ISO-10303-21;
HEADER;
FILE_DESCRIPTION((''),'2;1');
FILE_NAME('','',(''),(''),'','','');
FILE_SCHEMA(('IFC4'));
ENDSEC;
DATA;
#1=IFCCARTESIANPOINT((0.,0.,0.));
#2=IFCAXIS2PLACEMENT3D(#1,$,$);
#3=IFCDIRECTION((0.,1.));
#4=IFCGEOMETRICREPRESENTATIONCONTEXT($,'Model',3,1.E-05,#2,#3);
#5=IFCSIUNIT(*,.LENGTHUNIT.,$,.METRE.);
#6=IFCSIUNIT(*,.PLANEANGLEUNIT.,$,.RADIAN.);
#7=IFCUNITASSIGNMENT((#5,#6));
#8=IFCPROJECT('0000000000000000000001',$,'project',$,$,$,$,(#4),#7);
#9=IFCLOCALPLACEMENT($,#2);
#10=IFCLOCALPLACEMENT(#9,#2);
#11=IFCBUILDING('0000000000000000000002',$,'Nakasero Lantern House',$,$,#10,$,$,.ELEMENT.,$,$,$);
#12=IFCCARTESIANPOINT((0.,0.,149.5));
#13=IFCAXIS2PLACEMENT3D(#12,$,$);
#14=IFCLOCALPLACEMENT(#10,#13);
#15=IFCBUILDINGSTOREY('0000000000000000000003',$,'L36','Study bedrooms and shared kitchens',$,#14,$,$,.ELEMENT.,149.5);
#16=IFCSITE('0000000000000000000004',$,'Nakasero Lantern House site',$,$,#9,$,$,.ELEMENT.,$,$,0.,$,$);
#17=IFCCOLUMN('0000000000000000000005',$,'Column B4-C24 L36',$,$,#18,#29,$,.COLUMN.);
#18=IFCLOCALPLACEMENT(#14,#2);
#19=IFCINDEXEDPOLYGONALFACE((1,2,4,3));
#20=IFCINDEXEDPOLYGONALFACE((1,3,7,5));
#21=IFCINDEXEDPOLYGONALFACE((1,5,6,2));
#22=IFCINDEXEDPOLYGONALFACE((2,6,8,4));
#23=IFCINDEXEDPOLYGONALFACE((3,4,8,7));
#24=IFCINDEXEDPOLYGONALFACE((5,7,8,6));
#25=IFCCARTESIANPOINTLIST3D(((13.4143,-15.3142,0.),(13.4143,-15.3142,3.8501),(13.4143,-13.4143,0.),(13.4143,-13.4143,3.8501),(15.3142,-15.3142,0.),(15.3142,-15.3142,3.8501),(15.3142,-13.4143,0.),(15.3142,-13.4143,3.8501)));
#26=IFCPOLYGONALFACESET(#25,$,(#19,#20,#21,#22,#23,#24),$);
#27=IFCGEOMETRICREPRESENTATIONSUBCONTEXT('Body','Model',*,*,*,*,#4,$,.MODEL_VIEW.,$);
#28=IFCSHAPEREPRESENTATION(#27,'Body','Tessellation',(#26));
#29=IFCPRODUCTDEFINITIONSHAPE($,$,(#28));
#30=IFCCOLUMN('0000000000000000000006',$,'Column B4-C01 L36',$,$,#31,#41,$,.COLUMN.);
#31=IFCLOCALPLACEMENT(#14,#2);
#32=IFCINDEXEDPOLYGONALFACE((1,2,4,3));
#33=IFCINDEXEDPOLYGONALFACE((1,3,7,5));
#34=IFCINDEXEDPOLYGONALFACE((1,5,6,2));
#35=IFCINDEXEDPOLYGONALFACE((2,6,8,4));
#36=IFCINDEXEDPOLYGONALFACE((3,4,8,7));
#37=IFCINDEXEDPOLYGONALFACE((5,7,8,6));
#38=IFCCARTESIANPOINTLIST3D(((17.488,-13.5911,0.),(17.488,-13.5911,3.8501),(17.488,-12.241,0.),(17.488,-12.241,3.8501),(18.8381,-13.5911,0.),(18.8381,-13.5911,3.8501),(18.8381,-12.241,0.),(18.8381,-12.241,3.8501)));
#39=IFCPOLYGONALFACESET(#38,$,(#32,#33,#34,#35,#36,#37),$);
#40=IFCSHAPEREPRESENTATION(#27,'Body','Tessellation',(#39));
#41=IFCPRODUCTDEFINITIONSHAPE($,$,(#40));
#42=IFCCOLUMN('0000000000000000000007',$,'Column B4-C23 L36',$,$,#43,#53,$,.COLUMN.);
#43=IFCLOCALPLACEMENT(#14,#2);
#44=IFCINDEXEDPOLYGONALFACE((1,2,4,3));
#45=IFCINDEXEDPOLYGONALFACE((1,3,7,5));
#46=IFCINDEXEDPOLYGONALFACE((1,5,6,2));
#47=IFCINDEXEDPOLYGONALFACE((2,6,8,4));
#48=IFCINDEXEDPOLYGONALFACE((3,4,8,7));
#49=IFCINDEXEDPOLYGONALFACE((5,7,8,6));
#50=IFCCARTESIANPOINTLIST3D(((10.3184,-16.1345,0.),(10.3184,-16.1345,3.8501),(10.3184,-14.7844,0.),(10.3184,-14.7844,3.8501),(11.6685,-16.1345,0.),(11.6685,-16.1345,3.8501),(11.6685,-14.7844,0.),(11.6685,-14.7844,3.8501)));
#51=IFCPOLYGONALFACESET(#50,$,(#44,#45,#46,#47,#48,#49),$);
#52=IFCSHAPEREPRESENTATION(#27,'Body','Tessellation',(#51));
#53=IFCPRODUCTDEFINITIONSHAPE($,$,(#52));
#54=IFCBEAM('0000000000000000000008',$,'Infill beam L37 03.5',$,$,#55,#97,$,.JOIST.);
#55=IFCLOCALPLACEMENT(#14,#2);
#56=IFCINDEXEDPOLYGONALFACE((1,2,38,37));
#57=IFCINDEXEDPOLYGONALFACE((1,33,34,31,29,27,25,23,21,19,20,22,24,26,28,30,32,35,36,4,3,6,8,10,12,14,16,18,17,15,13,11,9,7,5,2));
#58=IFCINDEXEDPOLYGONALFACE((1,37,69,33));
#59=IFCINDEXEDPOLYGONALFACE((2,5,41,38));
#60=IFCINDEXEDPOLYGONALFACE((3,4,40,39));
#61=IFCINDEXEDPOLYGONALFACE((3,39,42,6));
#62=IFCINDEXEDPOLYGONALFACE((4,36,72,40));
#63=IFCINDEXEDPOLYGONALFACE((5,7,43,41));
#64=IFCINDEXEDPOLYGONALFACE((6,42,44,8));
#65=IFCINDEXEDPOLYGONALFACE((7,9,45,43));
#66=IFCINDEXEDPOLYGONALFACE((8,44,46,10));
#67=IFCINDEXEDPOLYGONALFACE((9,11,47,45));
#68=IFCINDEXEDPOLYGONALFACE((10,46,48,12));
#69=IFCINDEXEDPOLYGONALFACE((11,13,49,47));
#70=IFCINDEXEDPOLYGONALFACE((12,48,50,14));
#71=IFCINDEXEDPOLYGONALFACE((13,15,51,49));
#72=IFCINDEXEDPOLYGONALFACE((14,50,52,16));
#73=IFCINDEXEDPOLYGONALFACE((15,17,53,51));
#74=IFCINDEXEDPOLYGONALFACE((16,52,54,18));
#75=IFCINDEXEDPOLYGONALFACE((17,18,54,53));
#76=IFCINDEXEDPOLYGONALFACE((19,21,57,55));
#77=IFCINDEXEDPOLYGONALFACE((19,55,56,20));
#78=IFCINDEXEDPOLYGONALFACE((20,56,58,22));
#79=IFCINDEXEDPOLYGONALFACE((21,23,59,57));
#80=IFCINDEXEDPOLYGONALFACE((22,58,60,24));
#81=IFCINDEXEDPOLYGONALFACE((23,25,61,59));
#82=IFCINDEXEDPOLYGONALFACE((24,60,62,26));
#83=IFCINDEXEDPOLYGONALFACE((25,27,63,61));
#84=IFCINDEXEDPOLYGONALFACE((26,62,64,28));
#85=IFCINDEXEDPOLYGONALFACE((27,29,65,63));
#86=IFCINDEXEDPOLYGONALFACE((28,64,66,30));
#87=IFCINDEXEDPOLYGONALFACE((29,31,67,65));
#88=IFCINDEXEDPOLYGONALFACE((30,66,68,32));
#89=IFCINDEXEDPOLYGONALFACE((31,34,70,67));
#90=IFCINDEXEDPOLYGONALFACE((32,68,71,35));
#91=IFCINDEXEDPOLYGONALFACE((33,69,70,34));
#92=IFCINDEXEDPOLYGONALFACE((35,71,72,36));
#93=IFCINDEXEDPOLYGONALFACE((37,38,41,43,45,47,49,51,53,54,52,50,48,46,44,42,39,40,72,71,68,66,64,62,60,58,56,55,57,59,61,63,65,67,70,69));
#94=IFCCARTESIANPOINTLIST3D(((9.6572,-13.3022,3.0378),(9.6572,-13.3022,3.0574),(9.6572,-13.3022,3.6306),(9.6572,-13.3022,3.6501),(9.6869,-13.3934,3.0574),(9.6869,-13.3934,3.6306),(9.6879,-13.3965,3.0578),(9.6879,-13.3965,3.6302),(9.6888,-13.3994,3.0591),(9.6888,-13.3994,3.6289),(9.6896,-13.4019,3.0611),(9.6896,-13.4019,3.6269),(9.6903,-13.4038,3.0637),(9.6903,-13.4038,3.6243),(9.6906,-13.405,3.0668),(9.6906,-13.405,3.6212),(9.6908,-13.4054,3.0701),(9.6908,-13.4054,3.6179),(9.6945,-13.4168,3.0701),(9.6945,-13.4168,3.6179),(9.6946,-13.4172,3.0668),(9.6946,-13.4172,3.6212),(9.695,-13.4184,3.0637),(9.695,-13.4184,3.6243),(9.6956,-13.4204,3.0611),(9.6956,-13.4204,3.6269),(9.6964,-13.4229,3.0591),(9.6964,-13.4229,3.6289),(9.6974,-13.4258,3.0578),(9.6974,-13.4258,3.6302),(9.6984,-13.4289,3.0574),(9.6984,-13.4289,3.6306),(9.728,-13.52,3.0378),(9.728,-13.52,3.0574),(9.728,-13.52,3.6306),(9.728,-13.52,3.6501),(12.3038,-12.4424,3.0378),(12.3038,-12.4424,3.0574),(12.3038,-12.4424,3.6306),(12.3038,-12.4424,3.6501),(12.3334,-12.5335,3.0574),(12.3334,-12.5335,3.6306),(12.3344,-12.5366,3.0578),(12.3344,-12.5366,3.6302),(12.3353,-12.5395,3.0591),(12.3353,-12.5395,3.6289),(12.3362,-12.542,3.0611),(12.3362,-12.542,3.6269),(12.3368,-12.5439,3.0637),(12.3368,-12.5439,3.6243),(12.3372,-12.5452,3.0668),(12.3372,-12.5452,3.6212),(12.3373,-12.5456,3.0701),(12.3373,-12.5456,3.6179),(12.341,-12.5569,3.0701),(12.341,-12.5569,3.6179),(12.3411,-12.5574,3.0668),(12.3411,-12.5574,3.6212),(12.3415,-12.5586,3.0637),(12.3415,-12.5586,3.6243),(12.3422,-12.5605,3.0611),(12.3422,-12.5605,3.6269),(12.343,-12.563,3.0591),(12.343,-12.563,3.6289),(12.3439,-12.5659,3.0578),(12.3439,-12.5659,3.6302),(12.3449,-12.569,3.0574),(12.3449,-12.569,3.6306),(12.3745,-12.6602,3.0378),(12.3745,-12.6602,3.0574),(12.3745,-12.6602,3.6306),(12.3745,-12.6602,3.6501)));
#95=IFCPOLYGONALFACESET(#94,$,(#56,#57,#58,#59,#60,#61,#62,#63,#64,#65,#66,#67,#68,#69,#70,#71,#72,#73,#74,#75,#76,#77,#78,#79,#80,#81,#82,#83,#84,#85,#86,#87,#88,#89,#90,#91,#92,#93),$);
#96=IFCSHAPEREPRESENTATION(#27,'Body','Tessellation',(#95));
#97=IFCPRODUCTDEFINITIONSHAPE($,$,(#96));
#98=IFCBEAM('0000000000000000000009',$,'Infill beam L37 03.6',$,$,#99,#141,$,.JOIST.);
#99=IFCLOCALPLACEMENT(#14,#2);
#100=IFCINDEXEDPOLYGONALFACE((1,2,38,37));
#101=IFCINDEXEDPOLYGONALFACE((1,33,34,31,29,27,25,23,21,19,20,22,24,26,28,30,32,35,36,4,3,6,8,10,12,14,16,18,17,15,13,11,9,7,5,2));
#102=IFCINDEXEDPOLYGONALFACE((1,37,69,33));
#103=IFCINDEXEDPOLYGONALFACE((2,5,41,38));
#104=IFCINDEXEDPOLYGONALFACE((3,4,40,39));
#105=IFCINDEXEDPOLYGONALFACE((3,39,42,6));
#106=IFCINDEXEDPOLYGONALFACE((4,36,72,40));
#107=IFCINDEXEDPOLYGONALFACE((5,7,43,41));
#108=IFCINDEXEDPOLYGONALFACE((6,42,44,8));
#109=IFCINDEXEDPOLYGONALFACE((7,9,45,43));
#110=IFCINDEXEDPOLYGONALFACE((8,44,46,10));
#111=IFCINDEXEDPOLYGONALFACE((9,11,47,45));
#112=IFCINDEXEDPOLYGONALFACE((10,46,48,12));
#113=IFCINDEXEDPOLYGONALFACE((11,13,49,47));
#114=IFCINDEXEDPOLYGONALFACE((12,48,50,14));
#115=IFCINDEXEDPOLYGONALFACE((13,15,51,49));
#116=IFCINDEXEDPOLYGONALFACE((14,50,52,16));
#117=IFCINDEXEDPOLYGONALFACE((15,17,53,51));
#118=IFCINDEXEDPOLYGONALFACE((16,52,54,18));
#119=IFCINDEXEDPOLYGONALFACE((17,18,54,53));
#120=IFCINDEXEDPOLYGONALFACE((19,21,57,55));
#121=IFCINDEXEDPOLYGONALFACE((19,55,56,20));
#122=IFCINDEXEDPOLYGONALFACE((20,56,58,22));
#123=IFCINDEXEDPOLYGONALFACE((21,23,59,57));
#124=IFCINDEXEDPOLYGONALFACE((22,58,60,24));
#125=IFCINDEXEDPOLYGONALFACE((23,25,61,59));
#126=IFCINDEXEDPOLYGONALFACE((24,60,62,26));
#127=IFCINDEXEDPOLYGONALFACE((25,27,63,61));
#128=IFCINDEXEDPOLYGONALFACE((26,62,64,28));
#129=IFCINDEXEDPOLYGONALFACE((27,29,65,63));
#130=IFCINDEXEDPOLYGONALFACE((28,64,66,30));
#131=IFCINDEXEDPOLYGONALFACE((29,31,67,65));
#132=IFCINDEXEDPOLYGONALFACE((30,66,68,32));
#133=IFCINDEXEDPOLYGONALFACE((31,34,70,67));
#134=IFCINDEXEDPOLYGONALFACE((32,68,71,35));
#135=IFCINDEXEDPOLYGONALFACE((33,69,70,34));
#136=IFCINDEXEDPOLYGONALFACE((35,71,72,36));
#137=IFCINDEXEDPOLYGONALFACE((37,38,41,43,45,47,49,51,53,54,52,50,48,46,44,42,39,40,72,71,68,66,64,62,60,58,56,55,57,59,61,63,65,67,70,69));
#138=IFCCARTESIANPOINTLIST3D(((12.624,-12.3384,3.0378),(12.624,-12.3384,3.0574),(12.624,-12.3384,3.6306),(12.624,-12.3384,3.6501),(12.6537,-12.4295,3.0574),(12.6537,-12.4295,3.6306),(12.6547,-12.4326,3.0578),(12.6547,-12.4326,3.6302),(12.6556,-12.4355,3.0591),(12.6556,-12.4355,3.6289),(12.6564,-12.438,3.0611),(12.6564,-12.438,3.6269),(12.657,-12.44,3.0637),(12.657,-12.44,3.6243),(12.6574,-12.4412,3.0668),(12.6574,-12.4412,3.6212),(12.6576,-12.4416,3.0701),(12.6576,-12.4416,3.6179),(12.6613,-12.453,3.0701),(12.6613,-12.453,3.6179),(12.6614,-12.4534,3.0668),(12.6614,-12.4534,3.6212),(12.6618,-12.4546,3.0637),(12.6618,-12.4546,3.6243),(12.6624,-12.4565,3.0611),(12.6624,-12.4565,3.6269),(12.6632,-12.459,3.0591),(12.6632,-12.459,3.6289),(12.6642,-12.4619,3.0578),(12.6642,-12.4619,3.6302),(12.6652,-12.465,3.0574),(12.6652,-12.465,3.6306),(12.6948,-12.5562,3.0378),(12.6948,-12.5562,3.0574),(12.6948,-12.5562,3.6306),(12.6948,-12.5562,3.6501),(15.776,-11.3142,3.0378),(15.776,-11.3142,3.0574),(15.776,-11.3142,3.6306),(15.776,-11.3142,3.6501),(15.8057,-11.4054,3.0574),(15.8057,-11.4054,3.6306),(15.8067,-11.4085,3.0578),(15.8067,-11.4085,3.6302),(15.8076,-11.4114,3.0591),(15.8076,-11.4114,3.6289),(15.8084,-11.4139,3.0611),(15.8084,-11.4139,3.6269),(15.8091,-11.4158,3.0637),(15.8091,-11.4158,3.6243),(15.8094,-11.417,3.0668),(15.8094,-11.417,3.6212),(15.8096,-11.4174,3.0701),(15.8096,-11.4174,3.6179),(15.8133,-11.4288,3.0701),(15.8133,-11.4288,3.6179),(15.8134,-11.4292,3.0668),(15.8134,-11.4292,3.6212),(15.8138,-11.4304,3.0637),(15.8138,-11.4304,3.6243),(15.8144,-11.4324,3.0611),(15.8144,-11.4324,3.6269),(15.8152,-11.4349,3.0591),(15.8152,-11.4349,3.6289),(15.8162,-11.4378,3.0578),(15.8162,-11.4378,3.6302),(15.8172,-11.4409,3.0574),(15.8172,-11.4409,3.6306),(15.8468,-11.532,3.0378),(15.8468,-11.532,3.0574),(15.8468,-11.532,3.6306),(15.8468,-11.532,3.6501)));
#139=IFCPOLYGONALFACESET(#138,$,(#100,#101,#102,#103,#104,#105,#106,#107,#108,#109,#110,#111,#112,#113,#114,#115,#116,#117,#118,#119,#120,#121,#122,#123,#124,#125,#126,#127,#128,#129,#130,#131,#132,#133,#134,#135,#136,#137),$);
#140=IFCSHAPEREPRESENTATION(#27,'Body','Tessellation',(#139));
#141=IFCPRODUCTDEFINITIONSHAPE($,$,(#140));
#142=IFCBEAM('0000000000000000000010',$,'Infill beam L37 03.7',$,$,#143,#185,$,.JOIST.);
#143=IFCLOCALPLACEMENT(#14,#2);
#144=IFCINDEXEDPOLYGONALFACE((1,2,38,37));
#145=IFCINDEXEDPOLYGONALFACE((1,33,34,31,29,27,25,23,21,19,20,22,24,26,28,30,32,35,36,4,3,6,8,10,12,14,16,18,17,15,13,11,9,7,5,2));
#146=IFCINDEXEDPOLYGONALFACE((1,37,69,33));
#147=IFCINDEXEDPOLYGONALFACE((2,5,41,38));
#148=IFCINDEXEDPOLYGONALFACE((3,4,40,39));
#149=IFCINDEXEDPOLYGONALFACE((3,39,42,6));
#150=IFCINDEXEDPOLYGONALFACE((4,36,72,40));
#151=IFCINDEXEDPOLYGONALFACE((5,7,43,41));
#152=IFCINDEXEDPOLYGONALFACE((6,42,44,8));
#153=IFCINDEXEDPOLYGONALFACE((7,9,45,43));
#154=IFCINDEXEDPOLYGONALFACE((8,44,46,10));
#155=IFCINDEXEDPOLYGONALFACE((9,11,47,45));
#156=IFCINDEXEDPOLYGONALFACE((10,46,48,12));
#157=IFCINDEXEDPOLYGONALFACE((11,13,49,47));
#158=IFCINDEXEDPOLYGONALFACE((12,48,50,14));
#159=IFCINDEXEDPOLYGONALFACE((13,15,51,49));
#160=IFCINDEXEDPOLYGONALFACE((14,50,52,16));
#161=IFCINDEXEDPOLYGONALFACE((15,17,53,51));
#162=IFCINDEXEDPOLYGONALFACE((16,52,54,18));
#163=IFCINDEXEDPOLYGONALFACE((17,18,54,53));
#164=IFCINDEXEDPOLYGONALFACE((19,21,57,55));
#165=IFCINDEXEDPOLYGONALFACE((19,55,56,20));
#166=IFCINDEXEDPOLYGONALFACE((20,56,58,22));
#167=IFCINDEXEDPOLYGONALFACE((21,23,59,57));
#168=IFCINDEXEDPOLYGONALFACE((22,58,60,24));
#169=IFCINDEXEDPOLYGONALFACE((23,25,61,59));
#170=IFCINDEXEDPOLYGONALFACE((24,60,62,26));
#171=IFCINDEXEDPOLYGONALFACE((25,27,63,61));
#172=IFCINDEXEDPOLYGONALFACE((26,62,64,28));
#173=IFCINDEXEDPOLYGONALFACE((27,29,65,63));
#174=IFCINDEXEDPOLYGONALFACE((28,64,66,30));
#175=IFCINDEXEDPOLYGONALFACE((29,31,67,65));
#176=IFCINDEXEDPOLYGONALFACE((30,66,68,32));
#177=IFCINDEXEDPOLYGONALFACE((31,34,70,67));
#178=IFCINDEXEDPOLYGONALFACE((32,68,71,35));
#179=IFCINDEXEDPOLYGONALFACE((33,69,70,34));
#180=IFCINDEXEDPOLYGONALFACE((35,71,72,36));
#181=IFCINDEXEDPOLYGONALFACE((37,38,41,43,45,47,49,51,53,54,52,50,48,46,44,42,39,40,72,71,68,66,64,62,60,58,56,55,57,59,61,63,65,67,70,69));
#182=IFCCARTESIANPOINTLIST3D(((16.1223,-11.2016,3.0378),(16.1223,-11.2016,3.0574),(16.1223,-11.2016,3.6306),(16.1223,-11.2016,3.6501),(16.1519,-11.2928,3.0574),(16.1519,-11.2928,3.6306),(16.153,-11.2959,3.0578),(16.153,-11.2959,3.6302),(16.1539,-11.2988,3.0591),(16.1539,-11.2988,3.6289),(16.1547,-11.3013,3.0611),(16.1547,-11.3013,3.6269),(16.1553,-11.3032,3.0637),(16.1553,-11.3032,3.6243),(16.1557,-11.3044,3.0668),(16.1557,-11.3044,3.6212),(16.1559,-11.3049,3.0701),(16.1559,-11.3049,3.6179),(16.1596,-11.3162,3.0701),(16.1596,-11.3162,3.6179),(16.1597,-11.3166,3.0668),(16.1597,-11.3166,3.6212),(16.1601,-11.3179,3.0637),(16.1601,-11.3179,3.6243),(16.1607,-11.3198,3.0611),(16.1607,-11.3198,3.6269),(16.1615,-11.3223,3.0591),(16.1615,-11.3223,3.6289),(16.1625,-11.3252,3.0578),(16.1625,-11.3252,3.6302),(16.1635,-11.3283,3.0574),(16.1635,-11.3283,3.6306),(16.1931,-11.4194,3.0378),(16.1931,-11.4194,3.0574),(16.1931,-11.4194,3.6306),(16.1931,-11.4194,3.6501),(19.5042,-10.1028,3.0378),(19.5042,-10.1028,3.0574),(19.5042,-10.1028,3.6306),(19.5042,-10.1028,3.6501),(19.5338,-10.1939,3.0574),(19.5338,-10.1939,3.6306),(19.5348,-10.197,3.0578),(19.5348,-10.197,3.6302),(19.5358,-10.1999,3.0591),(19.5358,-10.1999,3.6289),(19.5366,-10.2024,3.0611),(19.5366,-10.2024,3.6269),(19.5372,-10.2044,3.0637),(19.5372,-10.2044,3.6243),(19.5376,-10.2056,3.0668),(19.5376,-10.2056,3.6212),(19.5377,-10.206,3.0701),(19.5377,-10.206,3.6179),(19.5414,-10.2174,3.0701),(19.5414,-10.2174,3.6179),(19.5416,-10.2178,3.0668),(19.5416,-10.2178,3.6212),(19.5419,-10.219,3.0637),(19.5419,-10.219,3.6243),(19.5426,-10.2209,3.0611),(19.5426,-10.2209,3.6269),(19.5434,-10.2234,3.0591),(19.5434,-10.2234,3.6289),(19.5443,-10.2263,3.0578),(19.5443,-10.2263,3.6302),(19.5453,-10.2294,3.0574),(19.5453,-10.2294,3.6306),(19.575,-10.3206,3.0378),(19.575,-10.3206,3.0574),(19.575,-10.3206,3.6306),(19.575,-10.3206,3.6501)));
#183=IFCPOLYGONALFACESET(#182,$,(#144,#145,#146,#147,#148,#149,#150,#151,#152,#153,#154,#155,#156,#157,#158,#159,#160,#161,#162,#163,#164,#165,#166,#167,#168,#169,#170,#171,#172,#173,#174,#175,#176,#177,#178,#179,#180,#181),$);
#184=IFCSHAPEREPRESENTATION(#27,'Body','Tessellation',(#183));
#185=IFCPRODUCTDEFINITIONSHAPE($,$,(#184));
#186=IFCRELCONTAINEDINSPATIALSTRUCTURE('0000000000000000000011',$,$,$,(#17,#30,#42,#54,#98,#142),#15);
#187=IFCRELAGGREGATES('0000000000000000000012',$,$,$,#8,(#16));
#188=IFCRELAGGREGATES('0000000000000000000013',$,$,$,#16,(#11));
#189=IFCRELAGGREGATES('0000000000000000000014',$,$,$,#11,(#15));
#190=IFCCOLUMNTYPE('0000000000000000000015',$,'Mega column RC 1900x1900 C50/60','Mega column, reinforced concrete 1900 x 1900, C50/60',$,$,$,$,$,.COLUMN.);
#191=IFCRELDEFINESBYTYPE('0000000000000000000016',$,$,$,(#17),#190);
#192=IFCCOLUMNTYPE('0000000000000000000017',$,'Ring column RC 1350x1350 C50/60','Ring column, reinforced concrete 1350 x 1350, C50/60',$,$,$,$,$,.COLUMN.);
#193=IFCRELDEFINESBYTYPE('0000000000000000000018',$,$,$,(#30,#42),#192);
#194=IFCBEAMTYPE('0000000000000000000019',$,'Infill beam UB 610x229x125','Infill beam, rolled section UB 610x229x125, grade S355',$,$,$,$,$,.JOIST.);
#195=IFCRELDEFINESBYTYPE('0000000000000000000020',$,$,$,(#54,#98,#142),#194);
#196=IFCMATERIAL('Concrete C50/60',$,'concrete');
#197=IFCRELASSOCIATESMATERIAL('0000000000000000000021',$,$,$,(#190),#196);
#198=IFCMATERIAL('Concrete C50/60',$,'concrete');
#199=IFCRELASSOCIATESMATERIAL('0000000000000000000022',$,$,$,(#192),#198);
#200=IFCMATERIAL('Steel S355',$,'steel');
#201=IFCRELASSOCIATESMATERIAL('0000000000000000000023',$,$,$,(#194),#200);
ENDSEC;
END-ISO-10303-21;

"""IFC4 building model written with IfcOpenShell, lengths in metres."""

from ifc_helpers import new_model, si_unit, direction, frame, origin, origin_2d, place, context, subcontext, project, spatial, rectangle, i_section, extrude, material, material_profile, profile_set, type_object, element, save


model = new_model("IFC4")

# Units and contexts
model_context = context("Model", 3, precision=1e-05, world=origin(), true_north=direction((0.0, 1.0)))
body_context = subcontext(model_context, "Body", "Model", "MODEL_VIEW")
ifc_project = project(units=[si_unit("LENGTHUNIT", "METRE"), si_unit("PLANEANGLEUNIT", "RADIAN")], contexts=[model_context])

# Site, building, storey
site_placement = place(None, origin())
site = spatial("IfcSite", under=ifc_project, at=site_placement, Name="Nakasero Lantern House site", CompositionType="ELEMENT", RefElevation=0.0)
building_placement = place(site_placement, origin())
building = spatial("IfcBuilding", under=site, at=building_placement, Name="Nakasero Lantern House", CompositionType="ELEMENT")
storey_placement = place(building_placement, frame((0.0, 0.0, 149.5)))
storey = spatial("IfcBuildingStorey", under=building, at=storey_placement, Name="L36", Description="Study bedrooms and shared kitchens", CompositionType="ELEMENT", Elevation=149.5)

# Columns
ifc_material_1 = material(Name="Concrete C50/60", Category="concrete")
ifc_material_profile_1 = material_profile(ifc_material_1, rectangle(XDim=1.8999, YDim=1.8999, at=origin_2d()), Name="RC 1900x1900")
ifc_profile_set_1 = profile_set([ifc_material_profile_1], Name="Concrete C50/60")
column_type_1 = type_object("IfcColumnType", Name="Mega column RC 1900x1900 C50/60", Description="Mega column, reinforced concrete 1900 x 1900, C50/60", PredefinedType="COLUMN", material=ifc_profile_set_1)
column_placement = place(storey_placement, frame((14.3643, -14.3643, 0.0), z_axis=(0.0, 0.0, 1.0), x_axis=(1.0, 0.0, 0.0)))
element("IfcColumn", 1, at=column_placement, inside=storey, type_object=column_type_1, Name="Column B4-C24 L36", PredefinedType="COLUMN", context=body_context, shape_type="SweptSolid", body=[
    extrude(rectangle(XDim=1.8999, YDim=1.8999, at=origin_2d()), origin(), (0.0, 0.0, 1.0), 3.8501),
])
ifc_material_2 = material(Name="Concrete C50/60", Category="concrete")
ifc_material_profile_2 = material_profile(ifc_material_2, rectangle(XDim=1.3501, YDim=1.3501, at=origin_2d()), Name="RC 1350x1350")
ifc_profile_set_2 = profile_set([ifc_material_profile_2], Name="Concrete C50/60")
column_type_2 = type_object("IfcColumnType", Name="Ring column RC 1350x1350 C50/60", Description="Ring column, reinforced concrete 1350 x 1350, C50/60", PredefinedType="COLUMN", material=ifc_profile_set_2)
for number, where, z_axis, x_axis, name in (
    (2, (18.1631, -12.916, 0.0), (0.0, 0.0, 1.0), (1.0, 0.0, 0.0), "Column B4-C01 L36"),
    (3, (10.9934, -15.4595, 0.0), (0.0, 0.0, 1.0), (1.0, 0.0, 0.0), "Column B4-C23 L36"),
):
    element("IfcColumn", number, at=place(storey_placement, frame(where, z_axis=z_axis, x_axis=x_axis)), inside=storey, type_object=column_type_2, Name=name, PredefinedType="COLUMN", context=body_context, shape_type="SweptSolid", body=[
        extrude(rectangle(XDim=1.3501, YDim=1.3501, at=origin_2d()), origin(), (0.0, 0.0, 1.0), 3.8501),
    ])

# Beams
ifc_material_3 = material(Name="Steel S355", Category="steel")
ifc_material_profile_3 = material_profile(ifc_material_3, i_section(OverallWidth=0.229, OverallDepth=0.6123, WebThickness=0.012, FlangeThickness=0.0195, FilletRadius=0.0127, at=origin_2d()), Name="UB 610x229x125")
ifc_profile_set_3 = profile_set([ifc_material_profile_3], Name="Steel S355")
beam_type_1 = type_object("IfcBeamType", Name="Infill beam UB 610x229x125", Description="Infill beam, rolled section UB 610x229x125, grade S355", PredefinedType="JOIST", material=ifc_profile_set_3)
beam_1_placement = place(storey_placement, frame((9.6926, -13.4111, 3.344), z_axis=(0.95106, 0.309007, 0.0), x_axis=(-0.309007, 0.95106, 0.0)))
element("IfcBeam", 4, at=beam_1_placement, inside=storey, type_object=beam_type_1, Name="Infill beam L37 03.5", PredefinedType="JOIST", context=body_context, shape_type="SweptSolid", body=[
    extrude(i_section(OverallWidth=0.229, OverallDepth=0.6123, WebThickness=0.012, FlangeThickness=0.0195, FilletRadius=0.0127, at=origin_2d()), origin(), (0.0, 0.0, 1.0), 2.7827),
])
beam_2_placement = place(storey_placement, frame((12.6594, -12.4473, 3.344), z_axis=(0.951057, 0.309014, 0.0), x_axis=(-0.309014, 0.951057, 0.0)))
element("IfcBeam", 5, at=beam_2_placement, inside=storey, type_object=beam_type_1, Name="Infill beam L37 03.6", PredefinedType="JOIST", context=body_context, shape_type="SweptSolid", body=[
    extrude(i_section(OverallWidth=0.229, OverallDepth=0.6123, WebThickness=0.012, FlangeThickness=0.0195, FilletRadius=0.0127, at=origin_2d()), origin(), (0.0, 0.0, 1.0), 3.3142),
])
beam_3_placement = place(storey_placement, frame((16.1577, -11.3105, 3.344), z_axis=(0.951052, 0.30903, 0.0), x_axis=(-0.30903, 0.951052, 0.0)))
element("IfcBeam", 6, at=beam_3_placement, inside=storey, type_object=beam_type_1, Name="Infill beam L37 03.7", PredefinedType="JOIST", context=body_context, shape_type="SweptSolid", body=[
    extrude(i_section(OverallWidth=0.229, OverallDepth=0.6123, WebThickness=0.012, FlangeThickness=0.0195, FilletRadius=0.0127, at=origin_2d()), origin(), (0.0, 0.0, 1.0), 3.5559),
])

save(model, "model.ifc")
